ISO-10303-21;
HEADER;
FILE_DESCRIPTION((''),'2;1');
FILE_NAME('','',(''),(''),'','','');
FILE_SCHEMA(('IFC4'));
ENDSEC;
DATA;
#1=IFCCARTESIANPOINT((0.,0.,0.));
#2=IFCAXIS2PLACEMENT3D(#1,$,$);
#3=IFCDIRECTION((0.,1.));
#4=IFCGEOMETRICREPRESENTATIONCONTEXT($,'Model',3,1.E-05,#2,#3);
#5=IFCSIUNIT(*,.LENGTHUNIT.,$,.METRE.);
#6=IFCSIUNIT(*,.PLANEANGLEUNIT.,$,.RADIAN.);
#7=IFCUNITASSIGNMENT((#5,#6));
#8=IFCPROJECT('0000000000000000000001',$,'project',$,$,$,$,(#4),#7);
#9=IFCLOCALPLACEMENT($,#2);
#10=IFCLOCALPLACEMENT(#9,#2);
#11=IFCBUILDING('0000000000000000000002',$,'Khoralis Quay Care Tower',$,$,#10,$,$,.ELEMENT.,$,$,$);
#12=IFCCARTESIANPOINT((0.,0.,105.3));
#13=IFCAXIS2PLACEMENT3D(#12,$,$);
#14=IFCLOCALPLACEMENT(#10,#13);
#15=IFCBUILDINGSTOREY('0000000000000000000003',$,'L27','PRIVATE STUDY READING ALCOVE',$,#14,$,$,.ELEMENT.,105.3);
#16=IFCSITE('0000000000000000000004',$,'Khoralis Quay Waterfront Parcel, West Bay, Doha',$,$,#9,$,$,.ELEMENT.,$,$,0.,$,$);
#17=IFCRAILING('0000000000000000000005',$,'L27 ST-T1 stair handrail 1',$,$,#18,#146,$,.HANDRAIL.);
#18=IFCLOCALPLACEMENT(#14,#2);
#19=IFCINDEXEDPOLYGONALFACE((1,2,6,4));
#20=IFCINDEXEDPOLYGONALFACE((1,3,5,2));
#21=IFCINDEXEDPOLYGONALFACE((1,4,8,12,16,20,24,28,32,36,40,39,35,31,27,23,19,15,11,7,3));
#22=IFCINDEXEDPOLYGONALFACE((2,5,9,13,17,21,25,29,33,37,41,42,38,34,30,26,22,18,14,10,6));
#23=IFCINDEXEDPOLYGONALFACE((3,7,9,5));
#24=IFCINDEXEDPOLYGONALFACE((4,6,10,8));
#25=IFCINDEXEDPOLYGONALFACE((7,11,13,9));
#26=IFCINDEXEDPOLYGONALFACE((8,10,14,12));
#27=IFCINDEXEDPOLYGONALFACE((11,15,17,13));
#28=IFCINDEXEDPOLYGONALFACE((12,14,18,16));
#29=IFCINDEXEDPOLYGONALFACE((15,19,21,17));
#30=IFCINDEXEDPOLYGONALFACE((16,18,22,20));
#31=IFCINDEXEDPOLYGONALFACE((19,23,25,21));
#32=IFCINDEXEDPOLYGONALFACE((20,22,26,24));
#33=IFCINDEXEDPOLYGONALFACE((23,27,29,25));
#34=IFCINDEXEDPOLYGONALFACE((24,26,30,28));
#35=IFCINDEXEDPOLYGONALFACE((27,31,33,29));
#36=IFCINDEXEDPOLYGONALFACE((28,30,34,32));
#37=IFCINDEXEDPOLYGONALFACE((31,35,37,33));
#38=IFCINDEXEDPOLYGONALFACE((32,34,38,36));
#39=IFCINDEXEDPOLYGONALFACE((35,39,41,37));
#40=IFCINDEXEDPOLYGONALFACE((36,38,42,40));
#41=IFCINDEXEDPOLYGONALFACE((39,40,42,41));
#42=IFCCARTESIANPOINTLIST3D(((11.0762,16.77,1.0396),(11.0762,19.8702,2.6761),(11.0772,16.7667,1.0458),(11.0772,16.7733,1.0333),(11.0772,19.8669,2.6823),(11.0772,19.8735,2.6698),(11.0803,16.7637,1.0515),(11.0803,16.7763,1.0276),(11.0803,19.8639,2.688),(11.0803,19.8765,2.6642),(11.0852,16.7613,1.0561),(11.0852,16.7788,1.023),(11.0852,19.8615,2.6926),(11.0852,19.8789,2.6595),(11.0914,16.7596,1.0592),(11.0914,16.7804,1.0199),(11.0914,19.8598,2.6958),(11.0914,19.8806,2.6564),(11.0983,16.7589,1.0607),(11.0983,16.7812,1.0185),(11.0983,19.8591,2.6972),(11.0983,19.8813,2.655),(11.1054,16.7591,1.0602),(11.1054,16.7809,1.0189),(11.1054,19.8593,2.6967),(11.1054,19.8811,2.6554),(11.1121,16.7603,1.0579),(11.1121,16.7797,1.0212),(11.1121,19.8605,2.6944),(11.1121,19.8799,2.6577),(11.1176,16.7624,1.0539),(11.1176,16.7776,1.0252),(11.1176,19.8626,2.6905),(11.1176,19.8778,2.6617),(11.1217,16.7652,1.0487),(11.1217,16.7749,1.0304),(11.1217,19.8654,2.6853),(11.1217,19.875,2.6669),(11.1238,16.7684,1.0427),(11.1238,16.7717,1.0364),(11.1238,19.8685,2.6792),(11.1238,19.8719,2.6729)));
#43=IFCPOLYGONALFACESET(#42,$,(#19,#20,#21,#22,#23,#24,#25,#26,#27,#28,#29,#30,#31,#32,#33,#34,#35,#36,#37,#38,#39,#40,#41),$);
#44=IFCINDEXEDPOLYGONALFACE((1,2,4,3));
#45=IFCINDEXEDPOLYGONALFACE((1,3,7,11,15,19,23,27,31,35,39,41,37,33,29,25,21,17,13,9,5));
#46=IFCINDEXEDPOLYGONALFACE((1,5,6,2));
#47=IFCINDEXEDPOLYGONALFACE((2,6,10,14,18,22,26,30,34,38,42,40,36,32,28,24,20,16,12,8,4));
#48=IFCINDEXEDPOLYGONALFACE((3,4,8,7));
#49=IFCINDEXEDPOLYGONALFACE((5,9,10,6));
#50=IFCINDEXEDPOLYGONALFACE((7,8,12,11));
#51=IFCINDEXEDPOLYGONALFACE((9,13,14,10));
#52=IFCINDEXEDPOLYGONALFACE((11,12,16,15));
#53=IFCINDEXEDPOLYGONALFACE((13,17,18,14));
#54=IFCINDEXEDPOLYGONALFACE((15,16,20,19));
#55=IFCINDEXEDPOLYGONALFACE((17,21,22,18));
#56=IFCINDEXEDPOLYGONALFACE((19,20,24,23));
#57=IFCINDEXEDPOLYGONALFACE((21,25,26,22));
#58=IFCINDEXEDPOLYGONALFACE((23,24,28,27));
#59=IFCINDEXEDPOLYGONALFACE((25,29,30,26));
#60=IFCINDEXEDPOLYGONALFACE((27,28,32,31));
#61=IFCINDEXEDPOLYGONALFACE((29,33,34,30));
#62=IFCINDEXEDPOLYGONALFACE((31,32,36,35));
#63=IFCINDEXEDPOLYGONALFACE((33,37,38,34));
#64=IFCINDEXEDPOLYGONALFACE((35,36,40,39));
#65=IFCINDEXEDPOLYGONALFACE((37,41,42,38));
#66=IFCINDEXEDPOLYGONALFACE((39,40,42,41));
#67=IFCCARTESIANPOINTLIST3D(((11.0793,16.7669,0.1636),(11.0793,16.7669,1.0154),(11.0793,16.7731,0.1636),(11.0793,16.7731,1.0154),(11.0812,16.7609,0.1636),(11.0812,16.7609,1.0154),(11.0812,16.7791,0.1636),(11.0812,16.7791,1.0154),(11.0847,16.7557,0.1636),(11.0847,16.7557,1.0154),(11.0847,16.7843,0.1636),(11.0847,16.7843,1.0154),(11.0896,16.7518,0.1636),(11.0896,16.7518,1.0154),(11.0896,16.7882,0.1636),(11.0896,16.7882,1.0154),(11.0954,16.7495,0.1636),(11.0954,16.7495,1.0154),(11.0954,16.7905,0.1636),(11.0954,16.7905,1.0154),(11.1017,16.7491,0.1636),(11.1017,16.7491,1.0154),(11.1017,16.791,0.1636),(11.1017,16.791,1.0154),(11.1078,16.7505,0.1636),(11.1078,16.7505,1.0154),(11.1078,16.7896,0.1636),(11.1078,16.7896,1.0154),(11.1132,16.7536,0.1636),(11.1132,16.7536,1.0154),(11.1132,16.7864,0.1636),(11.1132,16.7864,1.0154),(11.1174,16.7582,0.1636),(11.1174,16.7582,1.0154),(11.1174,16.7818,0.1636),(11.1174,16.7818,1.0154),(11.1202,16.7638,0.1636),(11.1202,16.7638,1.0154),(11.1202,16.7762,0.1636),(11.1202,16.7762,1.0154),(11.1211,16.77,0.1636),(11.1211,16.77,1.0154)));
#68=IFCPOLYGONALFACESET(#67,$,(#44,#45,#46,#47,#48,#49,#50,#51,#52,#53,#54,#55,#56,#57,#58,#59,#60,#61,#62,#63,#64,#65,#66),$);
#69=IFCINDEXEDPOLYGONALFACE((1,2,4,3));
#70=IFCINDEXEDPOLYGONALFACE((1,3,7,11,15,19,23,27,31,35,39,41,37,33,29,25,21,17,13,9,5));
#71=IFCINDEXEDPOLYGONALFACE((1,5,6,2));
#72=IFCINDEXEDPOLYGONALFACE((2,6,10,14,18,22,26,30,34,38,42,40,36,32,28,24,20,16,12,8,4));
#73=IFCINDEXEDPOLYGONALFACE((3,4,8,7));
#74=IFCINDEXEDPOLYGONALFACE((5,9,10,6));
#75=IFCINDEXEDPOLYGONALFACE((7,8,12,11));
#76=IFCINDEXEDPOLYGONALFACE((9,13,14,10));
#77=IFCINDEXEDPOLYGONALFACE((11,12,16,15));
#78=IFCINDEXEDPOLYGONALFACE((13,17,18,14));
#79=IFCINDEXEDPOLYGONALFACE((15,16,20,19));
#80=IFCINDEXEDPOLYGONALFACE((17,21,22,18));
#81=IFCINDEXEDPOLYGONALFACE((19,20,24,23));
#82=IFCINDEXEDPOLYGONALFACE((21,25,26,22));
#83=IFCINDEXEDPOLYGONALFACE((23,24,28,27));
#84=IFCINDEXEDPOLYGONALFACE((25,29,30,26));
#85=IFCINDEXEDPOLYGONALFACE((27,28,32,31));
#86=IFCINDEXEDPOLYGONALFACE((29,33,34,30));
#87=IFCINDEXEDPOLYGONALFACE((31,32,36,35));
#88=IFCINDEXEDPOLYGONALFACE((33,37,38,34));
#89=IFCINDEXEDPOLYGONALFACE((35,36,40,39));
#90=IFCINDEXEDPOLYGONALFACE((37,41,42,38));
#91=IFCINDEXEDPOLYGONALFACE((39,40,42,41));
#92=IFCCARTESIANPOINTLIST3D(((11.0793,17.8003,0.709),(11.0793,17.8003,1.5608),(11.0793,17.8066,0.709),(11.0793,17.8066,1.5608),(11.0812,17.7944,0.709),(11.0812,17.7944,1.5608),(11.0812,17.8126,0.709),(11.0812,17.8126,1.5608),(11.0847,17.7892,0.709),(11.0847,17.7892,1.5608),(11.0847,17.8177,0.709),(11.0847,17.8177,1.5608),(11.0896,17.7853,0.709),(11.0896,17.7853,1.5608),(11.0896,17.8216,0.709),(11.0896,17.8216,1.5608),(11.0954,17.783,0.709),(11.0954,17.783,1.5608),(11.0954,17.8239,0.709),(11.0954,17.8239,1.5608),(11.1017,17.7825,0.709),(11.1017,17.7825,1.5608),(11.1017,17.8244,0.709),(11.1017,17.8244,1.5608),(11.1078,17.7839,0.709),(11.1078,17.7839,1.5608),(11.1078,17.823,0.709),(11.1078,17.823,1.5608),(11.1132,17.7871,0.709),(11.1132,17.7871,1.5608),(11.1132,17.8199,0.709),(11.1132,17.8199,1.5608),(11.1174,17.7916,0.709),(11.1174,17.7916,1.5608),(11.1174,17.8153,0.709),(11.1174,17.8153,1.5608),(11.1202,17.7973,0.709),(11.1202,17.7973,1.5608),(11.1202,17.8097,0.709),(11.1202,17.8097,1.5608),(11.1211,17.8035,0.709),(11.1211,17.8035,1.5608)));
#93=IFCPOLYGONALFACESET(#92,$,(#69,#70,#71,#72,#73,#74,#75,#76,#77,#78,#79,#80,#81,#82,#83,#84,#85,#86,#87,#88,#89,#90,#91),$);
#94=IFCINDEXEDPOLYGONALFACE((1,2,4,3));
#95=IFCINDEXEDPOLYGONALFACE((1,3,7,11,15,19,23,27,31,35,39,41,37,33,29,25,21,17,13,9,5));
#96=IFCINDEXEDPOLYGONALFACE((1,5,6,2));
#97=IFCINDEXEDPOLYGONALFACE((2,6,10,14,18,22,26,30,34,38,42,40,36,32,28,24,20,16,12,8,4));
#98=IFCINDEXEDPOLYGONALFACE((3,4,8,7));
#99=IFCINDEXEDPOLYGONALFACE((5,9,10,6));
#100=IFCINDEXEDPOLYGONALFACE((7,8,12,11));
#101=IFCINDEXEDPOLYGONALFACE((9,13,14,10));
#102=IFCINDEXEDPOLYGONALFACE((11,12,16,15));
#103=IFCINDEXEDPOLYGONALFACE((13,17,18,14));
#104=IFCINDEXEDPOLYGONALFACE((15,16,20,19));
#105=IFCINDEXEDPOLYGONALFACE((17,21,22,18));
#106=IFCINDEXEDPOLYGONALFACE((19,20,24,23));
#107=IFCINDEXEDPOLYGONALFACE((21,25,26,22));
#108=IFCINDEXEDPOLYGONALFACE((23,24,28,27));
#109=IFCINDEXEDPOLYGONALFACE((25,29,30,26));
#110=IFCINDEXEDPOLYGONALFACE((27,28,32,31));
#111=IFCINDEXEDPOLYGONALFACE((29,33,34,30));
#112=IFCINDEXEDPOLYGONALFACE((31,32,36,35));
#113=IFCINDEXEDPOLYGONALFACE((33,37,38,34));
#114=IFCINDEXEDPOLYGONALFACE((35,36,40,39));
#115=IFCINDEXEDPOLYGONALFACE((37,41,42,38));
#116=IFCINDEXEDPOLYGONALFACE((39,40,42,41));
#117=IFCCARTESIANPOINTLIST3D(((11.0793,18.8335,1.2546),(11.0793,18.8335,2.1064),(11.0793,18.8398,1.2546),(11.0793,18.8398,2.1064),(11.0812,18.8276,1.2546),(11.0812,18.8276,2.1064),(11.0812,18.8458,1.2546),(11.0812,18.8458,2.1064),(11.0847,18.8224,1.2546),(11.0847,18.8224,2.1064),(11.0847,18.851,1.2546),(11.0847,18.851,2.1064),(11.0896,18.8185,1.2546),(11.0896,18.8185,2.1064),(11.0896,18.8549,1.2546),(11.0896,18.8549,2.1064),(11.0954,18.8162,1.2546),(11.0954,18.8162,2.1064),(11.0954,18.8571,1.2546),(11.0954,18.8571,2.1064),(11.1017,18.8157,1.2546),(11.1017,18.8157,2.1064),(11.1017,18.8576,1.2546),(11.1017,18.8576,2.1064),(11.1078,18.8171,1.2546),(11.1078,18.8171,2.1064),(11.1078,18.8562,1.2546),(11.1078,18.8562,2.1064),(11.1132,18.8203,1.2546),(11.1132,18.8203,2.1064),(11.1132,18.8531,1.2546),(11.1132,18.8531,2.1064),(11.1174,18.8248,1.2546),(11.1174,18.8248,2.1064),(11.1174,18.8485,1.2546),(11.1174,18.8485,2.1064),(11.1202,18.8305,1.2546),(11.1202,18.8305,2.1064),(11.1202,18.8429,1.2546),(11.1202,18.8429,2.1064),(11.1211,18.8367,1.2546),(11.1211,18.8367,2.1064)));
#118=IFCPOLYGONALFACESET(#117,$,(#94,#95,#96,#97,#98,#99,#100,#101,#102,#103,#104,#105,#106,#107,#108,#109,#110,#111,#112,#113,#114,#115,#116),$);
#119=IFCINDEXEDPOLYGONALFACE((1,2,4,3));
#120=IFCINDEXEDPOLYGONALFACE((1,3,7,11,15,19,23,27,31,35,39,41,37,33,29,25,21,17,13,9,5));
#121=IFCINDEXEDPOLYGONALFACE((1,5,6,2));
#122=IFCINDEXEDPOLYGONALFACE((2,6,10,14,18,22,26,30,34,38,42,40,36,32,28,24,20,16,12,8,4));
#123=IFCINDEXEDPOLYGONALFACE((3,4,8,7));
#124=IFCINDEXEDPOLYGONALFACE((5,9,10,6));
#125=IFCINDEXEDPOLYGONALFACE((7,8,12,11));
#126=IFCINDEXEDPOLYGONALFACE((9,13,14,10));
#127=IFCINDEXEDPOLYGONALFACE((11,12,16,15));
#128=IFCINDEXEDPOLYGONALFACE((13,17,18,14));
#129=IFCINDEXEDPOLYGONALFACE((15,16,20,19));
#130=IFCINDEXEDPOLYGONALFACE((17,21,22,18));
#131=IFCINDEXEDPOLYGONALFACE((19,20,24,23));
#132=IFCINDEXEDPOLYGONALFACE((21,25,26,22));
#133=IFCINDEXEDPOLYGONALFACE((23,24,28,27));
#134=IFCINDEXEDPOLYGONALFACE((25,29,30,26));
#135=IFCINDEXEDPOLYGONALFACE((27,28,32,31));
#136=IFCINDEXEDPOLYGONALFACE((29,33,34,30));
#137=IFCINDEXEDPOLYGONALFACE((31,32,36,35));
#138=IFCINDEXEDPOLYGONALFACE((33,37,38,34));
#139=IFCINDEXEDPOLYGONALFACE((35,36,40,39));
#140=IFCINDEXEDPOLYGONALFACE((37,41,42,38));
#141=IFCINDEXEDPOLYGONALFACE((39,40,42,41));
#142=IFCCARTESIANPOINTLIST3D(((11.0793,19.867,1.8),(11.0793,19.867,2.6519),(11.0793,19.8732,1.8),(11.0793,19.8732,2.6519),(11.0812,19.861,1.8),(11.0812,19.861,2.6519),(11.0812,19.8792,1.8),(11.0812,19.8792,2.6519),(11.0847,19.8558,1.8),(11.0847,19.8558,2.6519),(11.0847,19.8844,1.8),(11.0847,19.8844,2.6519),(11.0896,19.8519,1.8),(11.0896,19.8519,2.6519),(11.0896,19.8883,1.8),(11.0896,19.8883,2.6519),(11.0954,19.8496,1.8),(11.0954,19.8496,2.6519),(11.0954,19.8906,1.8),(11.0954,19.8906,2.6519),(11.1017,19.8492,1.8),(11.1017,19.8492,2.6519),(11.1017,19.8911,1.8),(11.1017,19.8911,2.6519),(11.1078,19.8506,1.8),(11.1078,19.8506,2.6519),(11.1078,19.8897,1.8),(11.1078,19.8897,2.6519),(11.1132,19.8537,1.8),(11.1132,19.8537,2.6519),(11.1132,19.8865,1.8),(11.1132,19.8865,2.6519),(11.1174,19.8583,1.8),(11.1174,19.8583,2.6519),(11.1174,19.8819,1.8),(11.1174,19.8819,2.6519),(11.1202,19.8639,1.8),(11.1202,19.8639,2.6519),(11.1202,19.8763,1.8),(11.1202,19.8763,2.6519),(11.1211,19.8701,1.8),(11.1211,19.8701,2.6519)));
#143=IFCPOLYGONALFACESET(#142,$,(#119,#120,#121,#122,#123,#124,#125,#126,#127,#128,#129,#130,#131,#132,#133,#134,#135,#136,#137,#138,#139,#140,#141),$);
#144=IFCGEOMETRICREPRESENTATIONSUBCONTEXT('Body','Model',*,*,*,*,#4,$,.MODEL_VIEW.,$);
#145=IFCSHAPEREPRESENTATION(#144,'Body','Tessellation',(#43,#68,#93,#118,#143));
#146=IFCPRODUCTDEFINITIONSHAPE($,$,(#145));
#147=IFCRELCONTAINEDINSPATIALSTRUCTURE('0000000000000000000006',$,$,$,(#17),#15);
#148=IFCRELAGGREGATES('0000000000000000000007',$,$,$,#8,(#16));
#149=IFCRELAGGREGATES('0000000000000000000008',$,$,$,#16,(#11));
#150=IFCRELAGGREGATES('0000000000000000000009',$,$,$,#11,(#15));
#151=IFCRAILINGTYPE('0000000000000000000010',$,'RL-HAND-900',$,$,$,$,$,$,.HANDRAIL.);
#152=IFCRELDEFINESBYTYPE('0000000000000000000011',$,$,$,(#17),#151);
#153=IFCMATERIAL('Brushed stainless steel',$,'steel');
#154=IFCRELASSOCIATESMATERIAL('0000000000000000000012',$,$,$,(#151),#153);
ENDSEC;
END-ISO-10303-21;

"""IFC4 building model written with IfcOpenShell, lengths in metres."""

from ifc_helpers import new_model, si_unit, direction, frame, origin, origin_2d, place, context, subcontext, project, spatial, circle, extrude, material, type_object, element, save


model = new_model("IFC4")

# Units and contexts
model_context = context("Model", 3, precision=1e-05, world=origin(), true_north=direction((0.0, 1.0)))
body_context = subcontext(model_context, "Body", "Model", "MODEL_VIEW")
ifc_project = project(units=[si_unit("LENGTHUNIT", "METRE"), si_unit("PLANEANGLEUNIT", "RADIAN")], contexts=[model_context])

# Site, building, storey
site_placement = place(None, origin())
site = spatial("IfcSite", under=ifc_project, at=site_placement, Name="Khoralis Quay Waterfront Parcel, West Bay, Doha", CompositionType="ELEMENT", RefElevation=0.0)
building_placement = place(site_placement, origin())
building = spatial("IfcBuilding", under=site, at=building_placement, Name="Khoralis Quay Care Tower", CompositionType="ELEMENT")
storey_placement = place(building_placement, frame((0.0, 0.0, 105.3)))
storey = spatial("IfcBuildingStorey", under=building, at=storey_placement, Name="L27", Description="PRIVATE STUDY READING ALCOVE", CompositionType="ELEMENT", Elevation=105.3)

# Shared definitions
ifc_material_1 = material(Name="Brushed stainless steel", Category="steel")

# Railing
railing_type_1 = type_object("IfcRailingType", Name="RL-HAND-900", PredefinedType="HANDRAIL", material=ifc_material_1)
railing_1_placement = place(storey_placement, frame((11.1001, 16.77, 0.1636)))
element("IfcRailing", 1, at=railing_1_placement, inside=storey, type_object=railing_type_1, Name="L27 ST-T1 stair handrail 1", PredefinedType="HANDRAIL", context=body_context, shape_type="SweptSolid", body=[
    extrude(circle(Radius=0.0239, at=origin_2d()), frame((0.0, 0.0, 0.876), z_axis=(0.0, 0.884348, 0.466828), x_axis=(-1.0, 0.0, 0.0)), (0.0, 0.0, 1.0), 3.5056),
    extrude(circle(Radius=0.021, at=origin_2d()), origin(), (0.0, 0.0, 1.0), 0.8518),
    extrude(circle(Radius=0.021, at=origin_2d()), frame((0.0, 1.0334, 0.5454)), (0.0, 0.0, 1.0), 0.8518),
    extrude(circle(Radius=0.021, at=origin_2d()), frame((0.0, 2.0667, 1.0911)), (0.0, 0.0, 1.0), 0.8518),
    extrude(circle(Radius=0.021, at=origin_2d()), frame((0.0, 3.1001, 1.6365)), (0.0, 0.0, 1.0), 0.8518),
])

save(model, "model.ifc")
